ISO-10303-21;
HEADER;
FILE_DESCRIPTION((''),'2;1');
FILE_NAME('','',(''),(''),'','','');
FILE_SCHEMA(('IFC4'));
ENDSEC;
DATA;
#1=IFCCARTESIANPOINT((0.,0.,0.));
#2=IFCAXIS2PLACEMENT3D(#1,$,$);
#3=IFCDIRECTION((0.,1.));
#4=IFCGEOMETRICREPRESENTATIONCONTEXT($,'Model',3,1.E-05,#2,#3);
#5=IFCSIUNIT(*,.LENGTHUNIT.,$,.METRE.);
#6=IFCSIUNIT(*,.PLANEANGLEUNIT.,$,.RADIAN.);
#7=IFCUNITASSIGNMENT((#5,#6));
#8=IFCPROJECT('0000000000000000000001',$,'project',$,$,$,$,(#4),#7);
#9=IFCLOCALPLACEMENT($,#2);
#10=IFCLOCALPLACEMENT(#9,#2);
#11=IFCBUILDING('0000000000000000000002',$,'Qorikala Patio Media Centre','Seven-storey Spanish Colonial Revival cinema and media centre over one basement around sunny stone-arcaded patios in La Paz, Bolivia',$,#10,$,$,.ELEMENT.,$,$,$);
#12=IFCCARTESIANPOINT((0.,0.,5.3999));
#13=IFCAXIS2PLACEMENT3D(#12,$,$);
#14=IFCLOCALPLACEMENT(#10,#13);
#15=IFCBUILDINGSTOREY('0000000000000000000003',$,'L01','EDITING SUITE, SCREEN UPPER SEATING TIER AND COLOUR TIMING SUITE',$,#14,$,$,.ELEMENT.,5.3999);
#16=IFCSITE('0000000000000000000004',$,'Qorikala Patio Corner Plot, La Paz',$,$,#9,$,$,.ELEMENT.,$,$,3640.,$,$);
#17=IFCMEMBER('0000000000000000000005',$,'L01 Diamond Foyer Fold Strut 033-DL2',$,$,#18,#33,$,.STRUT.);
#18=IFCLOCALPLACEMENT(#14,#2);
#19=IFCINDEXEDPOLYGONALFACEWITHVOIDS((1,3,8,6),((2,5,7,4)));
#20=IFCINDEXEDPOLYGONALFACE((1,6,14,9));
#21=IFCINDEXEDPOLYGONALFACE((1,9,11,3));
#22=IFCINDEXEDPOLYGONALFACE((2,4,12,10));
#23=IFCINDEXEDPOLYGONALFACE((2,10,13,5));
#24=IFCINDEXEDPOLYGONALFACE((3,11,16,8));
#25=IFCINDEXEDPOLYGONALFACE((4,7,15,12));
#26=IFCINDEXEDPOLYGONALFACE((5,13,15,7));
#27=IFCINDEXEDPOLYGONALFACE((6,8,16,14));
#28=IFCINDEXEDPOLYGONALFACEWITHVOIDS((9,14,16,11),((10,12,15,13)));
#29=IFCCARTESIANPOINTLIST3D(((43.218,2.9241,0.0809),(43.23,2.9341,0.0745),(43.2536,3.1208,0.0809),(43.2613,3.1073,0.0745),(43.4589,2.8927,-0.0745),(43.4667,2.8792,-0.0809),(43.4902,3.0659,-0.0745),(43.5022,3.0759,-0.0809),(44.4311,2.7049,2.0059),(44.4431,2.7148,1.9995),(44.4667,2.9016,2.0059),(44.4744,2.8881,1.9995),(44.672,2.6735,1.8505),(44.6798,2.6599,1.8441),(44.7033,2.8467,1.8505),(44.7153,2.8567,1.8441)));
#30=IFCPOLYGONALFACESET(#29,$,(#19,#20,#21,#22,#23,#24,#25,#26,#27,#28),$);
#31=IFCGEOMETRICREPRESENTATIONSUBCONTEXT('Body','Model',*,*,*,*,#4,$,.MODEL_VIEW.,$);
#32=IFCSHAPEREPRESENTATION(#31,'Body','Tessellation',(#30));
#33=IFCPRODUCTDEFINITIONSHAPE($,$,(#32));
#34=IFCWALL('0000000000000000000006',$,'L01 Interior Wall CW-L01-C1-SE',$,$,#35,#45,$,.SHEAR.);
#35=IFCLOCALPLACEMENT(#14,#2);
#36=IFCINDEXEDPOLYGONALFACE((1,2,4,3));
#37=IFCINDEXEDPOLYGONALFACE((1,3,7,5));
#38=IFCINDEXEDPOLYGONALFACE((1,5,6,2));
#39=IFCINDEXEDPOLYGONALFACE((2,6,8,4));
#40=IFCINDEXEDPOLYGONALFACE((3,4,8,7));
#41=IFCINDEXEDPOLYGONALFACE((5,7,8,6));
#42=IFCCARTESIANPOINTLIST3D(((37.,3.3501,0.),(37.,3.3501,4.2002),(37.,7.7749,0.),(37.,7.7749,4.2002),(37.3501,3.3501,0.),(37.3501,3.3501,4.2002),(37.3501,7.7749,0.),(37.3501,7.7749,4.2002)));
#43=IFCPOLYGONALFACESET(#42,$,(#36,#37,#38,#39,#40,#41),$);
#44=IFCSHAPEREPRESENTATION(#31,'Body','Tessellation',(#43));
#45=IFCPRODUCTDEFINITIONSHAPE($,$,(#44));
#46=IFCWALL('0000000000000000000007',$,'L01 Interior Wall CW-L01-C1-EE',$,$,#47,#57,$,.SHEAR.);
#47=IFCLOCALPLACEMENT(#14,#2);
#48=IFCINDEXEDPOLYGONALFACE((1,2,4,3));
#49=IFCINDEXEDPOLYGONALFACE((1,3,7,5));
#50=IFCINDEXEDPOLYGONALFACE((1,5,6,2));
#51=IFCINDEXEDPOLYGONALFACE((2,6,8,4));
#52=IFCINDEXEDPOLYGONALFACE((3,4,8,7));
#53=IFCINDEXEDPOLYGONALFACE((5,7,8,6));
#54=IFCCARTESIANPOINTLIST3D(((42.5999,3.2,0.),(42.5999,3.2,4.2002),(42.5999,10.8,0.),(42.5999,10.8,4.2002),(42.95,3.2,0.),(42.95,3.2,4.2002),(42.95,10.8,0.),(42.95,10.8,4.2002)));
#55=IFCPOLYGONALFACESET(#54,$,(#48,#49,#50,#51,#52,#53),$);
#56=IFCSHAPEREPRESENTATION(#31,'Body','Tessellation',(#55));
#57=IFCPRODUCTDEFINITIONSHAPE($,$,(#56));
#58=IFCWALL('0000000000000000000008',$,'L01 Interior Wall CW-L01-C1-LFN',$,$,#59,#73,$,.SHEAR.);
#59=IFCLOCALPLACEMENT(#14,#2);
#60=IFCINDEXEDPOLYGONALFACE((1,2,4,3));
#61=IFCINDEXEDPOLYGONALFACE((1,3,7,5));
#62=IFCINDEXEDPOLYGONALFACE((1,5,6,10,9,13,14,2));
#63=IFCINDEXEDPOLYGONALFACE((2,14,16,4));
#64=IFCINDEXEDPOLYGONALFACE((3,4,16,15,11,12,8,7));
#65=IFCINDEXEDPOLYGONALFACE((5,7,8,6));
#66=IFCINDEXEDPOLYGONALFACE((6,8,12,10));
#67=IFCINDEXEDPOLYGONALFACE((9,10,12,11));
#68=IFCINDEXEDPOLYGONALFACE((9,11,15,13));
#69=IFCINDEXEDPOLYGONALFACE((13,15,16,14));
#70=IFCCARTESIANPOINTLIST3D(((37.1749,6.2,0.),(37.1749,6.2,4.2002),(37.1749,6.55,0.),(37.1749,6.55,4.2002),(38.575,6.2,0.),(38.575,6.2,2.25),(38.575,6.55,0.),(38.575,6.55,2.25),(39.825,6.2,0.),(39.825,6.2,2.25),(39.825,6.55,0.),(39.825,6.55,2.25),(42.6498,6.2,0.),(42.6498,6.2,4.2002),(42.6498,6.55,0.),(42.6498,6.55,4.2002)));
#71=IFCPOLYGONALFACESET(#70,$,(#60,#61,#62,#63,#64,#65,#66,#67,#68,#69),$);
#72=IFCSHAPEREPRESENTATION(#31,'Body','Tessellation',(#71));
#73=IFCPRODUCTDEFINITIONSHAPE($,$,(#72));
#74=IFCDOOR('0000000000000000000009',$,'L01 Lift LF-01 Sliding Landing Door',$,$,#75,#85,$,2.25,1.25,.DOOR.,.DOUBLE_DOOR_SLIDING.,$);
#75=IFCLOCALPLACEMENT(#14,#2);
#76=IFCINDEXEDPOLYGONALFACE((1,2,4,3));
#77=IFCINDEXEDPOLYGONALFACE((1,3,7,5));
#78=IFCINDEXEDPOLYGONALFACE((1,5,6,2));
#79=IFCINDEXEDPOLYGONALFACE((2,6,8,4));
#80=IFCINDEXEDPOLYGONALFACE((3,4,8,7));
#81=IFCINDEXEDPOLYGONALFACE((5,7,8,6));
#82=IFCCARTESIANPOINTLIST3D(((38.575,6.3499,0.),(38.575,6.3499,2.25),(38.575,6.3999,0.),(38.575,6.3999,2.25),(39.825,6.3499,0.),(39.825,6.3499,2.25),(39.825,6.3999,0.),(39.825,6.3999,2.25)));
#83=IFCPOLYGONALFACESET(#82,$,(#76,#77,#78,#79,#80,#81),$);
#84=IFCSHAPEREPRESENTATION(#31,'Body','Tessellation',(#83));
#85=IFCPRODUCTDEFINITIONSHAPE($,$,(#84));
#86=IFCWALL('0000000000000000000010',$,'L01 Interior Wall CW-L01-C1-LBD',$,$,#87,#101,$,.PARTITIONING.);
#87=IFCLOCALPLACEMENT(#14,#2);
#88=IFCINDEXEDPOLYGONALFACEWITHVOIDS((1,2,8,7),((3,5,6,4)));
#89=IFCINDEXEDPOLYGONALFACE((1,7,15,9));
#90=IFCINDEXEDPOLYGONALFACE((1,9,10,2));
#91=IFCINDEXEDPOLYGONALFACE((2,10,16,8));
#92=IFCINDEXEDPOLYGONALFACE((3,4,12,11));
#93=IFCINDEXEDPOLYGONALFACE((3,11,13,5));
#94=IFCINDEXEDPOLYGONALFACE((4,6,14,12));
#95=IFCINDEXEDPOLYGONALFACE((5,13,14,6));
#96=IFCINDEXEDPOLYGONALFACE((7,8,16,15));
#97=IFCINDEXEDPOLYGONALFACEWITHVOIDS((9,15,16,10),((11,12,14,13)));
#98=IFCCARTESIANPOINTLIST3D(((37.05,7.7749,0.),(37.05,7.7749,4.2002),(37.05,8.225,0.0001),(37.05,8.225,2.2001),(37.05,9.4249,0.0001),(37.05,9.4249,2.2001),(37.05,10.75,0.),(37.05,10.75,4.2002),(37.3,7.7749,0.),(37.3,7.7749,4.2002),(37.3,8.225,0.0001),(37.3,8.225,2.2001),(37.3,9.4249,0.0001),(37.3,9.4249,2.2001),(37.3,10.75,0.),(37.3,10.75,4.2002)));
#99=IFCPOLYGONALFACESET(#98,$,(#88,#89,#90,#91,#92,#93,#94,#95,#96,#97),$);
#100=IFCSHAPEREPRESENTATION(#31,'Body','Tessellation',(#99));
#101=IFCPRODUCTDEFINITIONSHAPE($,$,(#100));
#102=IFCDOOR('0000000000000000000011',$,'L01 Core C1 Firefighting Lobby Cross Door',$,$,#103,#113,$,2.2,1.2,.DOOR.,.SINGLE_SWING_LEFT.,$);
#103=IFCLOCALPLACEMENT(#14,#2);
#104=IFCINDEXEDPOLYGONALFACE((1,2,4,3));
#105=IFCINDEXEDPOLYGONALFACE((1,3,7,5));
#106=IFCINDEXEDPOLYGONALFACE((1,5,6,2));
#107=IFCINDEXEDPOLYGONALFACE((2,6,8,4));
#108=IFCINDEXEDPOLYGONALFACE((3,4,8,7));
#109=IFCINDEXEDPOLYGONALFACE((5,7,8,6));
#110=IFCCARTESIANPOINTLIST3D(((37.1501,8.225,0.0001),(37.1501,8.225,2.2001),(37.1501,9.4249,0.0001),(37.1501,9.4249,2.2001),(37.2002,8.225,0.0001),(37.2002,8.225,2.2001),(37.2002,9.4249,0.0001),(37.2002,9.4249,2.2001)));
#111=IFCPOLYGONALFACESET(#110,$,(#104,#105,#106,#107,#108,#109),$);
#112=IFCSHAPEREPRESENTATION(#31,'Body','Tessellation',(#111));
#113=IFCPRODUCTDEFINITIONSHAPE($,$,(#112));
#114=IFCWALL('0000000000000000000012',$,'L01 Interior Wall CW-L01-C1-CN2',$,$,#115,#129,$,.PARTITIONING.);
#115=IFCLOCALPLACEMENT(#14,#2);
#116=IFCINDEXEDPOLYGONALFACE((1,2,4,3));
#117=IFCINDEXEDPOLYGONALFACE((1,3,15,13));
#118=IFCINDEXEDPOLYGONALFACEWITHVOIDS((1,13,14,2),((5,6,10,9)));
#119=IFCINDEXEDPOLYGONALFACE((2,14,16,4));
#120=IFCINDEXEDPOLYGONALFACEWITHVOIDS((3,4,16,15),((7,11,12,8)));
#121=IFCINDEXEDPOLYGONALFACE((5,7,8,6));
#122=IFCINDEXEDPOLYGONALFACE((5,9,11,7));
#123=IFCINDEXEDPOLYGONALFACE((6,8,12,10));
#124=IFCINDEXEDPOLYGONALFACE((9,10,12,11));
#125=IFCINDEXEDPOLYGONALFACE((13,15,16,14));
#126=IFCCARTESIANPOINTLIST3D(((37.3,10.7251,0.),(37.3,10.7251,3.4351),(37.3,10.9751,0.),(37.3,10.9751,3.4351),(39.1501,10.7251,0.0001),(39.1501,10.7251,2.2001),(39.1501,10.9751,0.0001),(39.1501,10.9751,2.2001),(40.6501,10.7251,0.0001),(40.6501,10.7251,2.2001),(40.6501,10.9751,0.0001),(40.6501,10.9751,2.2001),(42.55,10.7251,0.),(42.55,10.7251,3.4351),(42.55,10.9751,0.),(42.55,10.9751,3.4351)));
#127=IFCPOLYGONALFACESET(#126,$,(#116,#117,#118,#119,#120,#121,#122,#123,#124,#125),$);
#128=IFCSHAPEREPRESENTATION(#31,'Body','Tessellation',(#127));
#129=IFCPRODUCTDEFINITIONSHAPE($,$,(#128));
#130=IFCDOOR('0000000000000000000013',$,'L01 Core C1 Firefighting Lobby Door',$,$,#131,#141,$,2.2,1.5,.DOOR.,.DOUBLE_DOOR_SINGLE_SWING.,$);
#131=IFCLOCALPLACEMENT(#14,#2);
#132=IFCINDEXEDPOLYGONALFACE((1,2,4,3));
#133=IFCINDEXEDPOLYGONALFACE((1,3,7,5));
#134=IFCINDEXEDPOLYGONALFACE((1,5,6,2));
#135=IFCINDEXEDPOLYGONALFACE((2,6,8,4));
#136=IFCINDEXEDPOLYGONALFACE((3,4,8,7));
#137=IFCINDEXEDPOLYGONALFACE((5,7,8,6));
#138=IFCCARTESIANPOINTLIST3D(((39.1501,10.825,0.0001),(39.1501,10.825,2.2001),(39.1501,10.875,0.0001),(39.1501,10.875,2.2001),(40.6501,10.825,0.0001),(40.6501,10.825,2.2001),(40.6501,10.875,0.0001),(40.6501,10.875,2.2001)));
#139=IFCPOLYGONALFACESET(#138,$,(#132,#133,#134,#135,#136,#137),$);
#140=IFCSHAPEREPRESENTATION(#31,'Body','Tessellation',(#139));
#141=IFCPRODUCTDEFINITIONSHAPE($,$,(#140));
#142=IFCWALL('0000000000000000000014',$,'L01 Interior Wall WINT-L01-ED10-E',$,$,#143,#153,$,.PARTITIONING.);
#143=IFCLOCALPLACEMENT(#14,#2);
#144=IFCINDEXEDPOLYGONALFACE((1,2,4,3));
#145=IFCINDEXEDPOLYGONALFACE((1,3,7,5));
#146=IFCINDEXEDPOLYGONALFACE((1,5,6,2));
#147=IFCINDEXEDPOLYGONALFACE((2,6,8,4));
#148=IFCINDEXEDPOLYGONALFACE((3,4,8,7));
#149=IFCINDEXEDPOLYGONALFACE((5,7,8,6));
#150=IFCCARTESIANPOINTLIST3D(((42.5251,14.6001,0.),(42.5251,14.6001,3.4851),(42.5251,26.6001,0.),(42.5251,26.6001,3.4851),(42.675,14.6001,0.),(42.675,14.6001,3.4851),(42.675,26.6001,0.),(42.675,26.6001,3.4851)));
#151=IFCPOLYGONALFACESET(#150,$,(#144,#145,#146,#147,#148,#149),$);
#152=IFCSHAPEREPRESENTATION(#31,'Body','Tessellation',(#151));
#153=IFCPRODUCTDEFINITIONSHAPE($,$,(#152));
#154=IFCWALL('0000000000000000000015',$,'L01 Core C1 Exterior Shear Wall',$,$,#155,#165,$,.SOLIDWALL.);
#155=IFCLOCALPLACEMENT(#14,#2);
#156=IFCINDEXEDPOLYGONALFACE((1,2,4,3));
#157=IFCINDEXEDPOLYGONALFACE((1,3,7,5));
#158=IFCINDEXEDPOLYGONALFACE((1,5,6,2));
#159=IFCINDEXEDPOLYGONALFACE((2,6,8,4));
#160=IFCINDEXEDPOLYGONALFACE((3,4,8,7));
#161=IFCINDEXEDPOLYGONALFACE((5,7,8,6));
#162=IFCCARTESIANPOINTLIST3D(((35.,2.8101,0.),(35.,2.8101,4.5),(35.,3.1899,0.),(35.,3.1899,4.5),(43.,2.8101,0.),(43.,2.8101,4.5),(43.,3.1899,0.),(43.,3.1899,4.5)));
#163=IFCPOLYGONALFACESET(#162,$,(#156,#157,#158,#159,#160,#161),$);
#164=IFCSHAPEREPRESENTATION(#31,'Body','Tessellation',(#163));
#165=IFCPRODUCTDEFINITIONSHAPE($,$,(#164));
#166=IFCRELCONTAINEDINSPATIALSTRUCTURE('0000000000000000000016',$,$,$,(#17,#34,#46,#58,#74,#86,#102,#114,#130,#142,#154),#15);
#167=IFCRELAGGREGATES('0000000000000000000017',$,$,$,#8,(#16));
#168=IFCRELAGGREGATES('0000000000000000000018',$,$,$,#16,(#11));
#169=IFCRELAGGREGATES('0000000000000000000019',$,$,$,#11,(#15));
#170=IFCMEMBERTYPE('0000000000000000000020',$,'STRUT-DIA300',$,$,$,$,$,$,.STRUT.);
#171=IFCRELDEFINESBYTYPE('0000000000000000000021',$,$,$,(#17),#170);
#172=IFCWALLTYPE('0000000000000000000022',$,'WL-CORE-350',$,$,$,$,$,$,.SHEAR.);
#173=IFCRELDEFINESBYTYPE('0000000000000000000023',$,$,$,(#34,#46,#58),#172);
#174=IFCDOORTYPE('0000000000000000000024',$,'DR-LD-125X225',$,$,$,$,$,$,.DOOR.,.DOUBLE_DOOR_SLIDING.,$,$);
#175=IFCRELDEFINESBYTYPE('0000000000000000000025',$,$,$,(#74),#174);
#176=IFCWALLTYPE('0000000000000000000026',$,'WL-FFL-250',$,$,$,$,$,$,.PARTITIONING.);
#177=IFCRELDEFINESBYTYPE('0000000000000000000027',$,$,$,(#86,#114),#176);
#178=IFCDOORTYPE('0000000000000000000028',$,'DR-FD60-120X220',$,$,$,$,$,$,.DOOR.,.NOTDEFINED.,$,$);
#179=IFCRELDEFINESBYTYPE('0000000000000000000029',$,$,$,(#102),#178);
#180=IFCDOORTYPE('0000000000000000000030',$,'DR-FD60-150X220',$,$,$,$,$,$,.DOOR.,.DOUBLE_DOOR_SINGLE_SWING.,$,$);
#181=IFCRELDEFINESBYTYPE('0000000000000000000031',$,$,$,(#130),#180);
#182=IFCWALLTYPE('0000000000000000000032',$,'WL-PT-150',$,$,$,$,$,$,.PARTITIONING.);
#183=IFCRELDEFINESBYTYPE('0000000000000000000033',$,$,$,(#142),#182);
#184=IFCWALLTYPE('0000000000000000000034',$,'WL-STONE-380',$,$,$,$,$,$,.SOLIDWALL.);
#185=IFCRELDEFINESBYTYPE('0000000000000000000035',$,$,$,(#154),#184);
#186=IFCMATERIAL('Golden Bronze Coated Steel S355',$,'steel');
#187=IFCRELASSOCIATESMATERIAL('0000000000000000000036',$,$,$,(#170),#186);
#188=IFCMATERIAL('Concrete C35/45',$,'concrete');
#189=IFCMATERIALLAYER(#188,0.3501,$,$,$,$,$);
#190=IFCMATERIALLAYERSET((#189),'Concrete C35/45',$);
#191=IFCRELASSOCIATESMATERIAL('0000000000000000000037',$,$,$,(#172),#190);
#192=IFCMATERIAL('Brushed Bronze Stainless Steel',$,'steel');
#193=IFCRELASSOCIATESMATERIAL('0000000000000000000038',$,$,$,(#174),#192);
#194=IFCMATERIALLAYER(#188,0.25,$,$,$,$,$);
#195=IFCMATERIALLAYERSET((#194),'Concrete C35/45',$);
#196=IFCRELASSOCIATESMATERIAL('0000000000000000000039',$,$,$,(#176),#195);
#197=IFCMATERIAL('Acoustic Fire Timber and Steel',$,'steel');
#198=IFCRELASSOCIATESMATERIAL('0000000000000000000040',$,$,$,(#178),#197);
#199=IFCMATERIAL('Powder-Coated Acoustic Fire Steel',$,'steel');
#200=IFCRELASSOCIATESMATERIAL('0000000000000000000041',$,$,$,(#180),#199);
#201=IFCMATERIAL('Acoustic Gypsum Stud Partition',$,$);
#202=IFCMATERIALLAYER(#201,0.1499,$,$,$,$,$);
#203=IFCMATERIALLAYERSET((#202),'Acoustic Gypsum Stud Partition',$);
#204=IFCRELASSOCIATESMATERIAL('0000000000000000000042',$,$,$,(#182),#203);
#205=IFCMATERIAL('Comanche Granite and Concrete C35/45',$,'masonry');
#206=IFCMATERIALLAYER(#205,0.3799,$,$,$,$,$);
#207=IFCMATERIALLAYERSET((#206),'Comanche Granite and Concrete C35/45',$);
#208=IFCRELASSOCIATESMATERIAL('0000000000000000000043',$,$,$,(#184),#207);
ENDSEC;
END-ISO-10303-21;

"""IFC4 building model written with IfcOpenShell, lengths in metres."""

from ifc_helpers import new_model, si_unit, direction, frame, frame_2d, origin, origin_2d, place, context, subcontext, project, spatial, rectangle, hollow_rectangle, extrude, material, layer, layer_set, material_profile, profile_set, type_object, element, fill, save


model = new_model("IFC4")

# Units and contexts
model_context = context("Model", 3, precision=1e-05, world=origin(), true_north=direction((0.0, 1.0)))
body_context = subcontext(model_context, "Body", "Model", "MODEL_VIEW")
ifc_project = project(units=[si_unit("LENGTHUNIT", "METRE"), si_unit("PLANEANGLEUNIT", "RADIAN")], contexts=[model_context])

# Site, building, storey
site_placement = place(None, origin())
site = spatial("IfcSite", under=ifc_project, at=site_placement, Name="Qorikala Patio Corner Plot, La Paz", CompositionType="ELEMENT", RefElevation=3640.0)
building_placement = place(site_placement, origin())
building = spatial("IfcBuilding", under=site, at=building_placement, Name="Qorikala Patio Media Centre", Description="Seven-storey Spanish Colonial Revival cinema and media centre over one basement around sunny stone-arcaded patios in La Paz, Bolivia", CompositionType="ELEMENT")
storey_placement = place(building_placement, frame((0.0, 0.0, 5.3999)))
storey = spatial("IfcBuildingStorey", under=building, at=storey_placement, Name="L01", Description="EDITING SUITE, SCREEN UPPER SEATING TIER AND COLOUR TIMING SUITE", CompositionType="ELEMENT", Elevation=5.3999)

# Shared definitions
ifc_material_1 = material(Name="Concrete C35/45", Category="concrete")

# Member
ifc_material_2 = material(Name="Golden Bronze Coated Steel S355", Category="steel")
ifc_material_profile_1 = material_profile(ifc_material_2, hollow_rectangle(XDim=0.2, YDim=0.3, WallThickness=0.012, at=origin_2d()), Name="HSS300X200X12")
ifc_profile_set_1 = profile_set([ifc_material_profile_1], Name="Golden Bronze Coated Steel S355")
member_type_1 = type_object("IfcMemberType", Name="STRUT-DIA300", PredefinedType="STRUT", material=ifc_profile_set_1)
member_1_placement = place(storey_placement, frame((43.3601, 3.0, 0.0), z_axis=(0.530691, -0.095907, 0.842121), x_axis=(0.17784, 0.984059, 0.0)))
element("IfcMember", 1, at=member_1_placement, inside=storey, type_object=member_type_1, Name="L01 Diamond Foyer Fold Strut 033-DL2", PredefinedType="STRUT", context=body_context, shape_type="SweptSolid", body=[
    extrude(hollow_rectangle(XDim=0.2, YDim=0.3, WallThickness=0.012, at=origin_2d()), origin(), (0.0, 0.0, 1.0), 2.2859),
])

# Walls
ifc_layer_1 = layer(ifc_material_1, 0.3501)
ifc_layer_set_1 = layer_set([ifc_layer_1], Name="Concrete C35/45")
wall_type_1 = type_object("IfcWallType", Name="WL-CORE-350", PredefinedType="SHEAR", material=ifc_layer_set_1)
wall_1_placement = place(storey_placement, frame((37.175, 3.3501, 0.0), z_axis=(0.0, 0.0, 1.0), x_axis=(0.0, 1.0, 0.0)))
element("IfcWall", 2, at=wall_1_placement, inside=storey, type_object=wall_type_1, Name="L01 Interior Wall CW-L01-C1-SE", PredefinedType="SHEAR", context=body_context, shape_type="SweptSolid", body=[
    extrude(rectangle(XDim=4.4248, YDim=0.3501, at=frame_2d((2.2124, 0.0))), origin(), (0.0, 0.0, 1.0), 4.2002),
])
wall_2_placement = place(storey_placement, frame((42.7749, 3.2, 0.0), z_axis=(0.0, 0.0, 1.0), x_axis=(0.0, 1.0, 0.0)))
element("IfcWall", 3, at=wall_2_placement, inside=storey, type_object=wall_type_1, Name="L01 Interior Wall CW-L01-C1-EE", PredefinedType="SHEAR", context=body_context, shape_type="SweptSolid", body=[
    extrude(rectangle(XDim=7.6001, YDim=0.3501, at=frame_2d((3.8, 0.0))), origin(), (0.0, 0.0, 1.0), 4.2002),
])

# Walls, openings, doors
wall_3_placement = place(storey_placement, frame((37.175, 6.375, 0.0), z_axis=(0.0, 0.0, 1.0), x_axis=(1.0, 0.0, 0.0)))
wall_3 = element("IfcWall", 4, at=wall_3_placement, inside=storey, type_object=wall_type_1, Name="L01 Interior Wall CW-L01-C1-LFN", PredefinedType="SHEAR", context=body_context, shape_type="SweptSolid", body=[
    extrude(rectangle(XDim=5.4749, YDim=0.3501, at=frame_2d((2.7373, 0.0))), origin(), (0.0, 0.0, 1.0), 4.2002),
])
opening_1_placement = place(wall_3_placement, frame((1.3999, 0.0, 0.0)))
opening_1 = element("IfcOpeningElement", 5, at=opening_1_placement, cuts=wall_3, PredefinedType="OPENING", context=body_context, shape_type="SweptSolid", body=[
    extrude(rectangle(XDim=1.25, YDim=2.25, at=frame_2d((0.625, 1.125))), frame((0.0, 0.1851, 0.0), z_axis=(0.0, -1.0, 0.0), x_axis=(1.0, 0.0, 0.0)), (0.0, 0.0, 1.0), 0.3701),
])
ifc_material_3 = material(Name="Brushed Bronze Stainless Steel", Category="steel")
door_type_1 = type_object("IfcDoorType", Name="DR-LD-125X225", OperationType="DOUBLE_DOOR_SLIDING", PredefinedType="DOOR", material=ifc_material_3)
door_1_placement = place(opening_1_placement, origin())
door_1 = element("IfcDoor", 6, at=door_1_placement, inside=storey, type_object=door_type_1, Name="L01 Lift LF-01 Sliding Landing Door", OperationType="DOUBLE_DOOR_SLIDING", OverallHeight=2.25, OverallWidth=1.25, PredefinedType="DOOR", context=body_context, shape_type="SweptSolid", body=[
    extrude(rectangle(XDim=1.25, YDim=2.25, at=frame_2d((0.625, 1.125))), frame((0.0, 0.0249, 0.0), z_axis=(0.0, -1.0, 0.0), x_axis=(1.0, 0.0, 0.0)), (0.0, 0.0, 1.0), 0.05),
])
fill(opening_1, door_1)
ifc_layer_2 = layer(ifc_material_1, 0.25)
ifc_layer_set_2 = layer_set([ifc_layer_2], Name="Concrete C35/45")
wall_type_2 = type_object("IfcWallType", Name="WL-FFL-250", PredefinedType="PARTITIONING", material=ifc_layer_set_2)
wall_4_placement = place(storey_placement, frame((37.175, 7.7749, 0.0), z_axis=(0.0, 0.0, 1.0), x_axis=(0.0, 1.0, 0.0)))
wall_4 = element("IfcWall", 7, at=wall_4_placement, inside=storey, type_object=wall_type_2, Name="L01 Interior Wall CW-L01-C1-LBD", PredefinedType="PARTITIONING", context=body_context, shape_type="SweptSolid", body=[
    extrude(rectangle(XDim=2.9751, YDim=0.25, at=frame_2d((1.4875, 0.0))), origin(), (0.0, 0.0, 1.0), 4.2002),
])
opening_2_placement = place(wall_4_placement, frame((0.45, 0.0, 0.0)))
opening_2 = element("IfcOpeningElement", 8, at=opening_2_placement, cuts=wall_4, PredefinedType="OPENING", context=body_context, shape_type="SweptSolid", body=[
    extrude(rectangle(XDim=1.2, YDim=2.2, at=frame_2d((0.6001, 1.1001))), frame((0.0, 0.135, 0.0), z_axis=(0.0, -1.0, 0.0), x_axis=(1.0, 0.0, 0.0)), (0.0, 0.0, 1.0), 0.27),
])
ifc_material_4 = material(Name="Acoustic Fire Timber and Steel", Category="steel")
door_type_2 = type_object("IfcDoorType", Name="DR-FD60-120X220", OperationType="NOTDEFINED", PredefinedType="DOOR", material=ifc_material_4)
door_2_placement = place(opening_2_placement, origin())
door_2 = element("IfcDoor", 9, at=door_2_placement, inside=storey, type_object=door_type_2, Name="L01 Core C1 Firefighting Lobby Cross Door", OperationType="SINGLE_SWING_LEFT", OverallHeight=2.2, OverallWidth=1.2, PredefinedType="DOOR", context=body_context, shape_type="SweptSolid", body=[
    extrude(rectangle(XDim=1.2, YDim=2.2, at=frame_2d((0.6001, 1.1001))), frame((0.0, 0.0249, 0.0), z_axis=(0.0, -1.0, 0.0), x_axis=(1.0, 0.0, 0.0)), (0.0, 0.0, 1.0), 0.05),
])
fill(opening_2, door_2)
wall_5_placement = place(storey_placement, frame((37.3, 10.8501, 0.0), z_axis=(0.0, 0.0, 1.0), x_axis=(1.0, 0.0, 0.0)))
wall_5 = element("IfcWall", 10, at=wall_5_placement, inside=storey, type_object=wall_type_2, Name="L01 Interior Wall CW-L01-C1-CN2", PredefinedType="PARTITIONING", context=body_context, shape_type="SweptSolid", body=[
    extrude(rectangle(XDim=5.25, YDim=0.25, at=frame_2d((2.625, 0.0))), origin(), (0.0, 0.0, 1.0), 3.4351),
])
opening_3_placement = place(wall_5_placement, frame((1.8501, 0.0, 0.0)))
opening_3 = element("IfcOpeningElement", 11, at=opening_3_placement, cuts=wall_5, PredefinedType="OPENING", context=body_context, shape_type="SweptSolid", body=[
    extrude(rectangle(XDim=1.5, YDim=2.2, at=frame_2d((0.75, 1.1001))), frame((0.0, 0.135, 0.0), z_axis=(0.0, -1.0, 0.0), x_axis=(1.0, 0.0, 0.0)), (0.0, 0.0, 1.0), 0.27),
])
ifc_material_5 = material(Name="Powder-Coated Acoustic Fire Steel", Category="steel")
door_type_3 = type_object("IfcDoorType", Name="DR-FD60-150X220", OperationType="DOUBLE_DOOR_SINGLE_SWING", PredefinedType="DOOR", material=ifc_material_5)
door_3_placement = place(opening_3_placement, origin())
door_3 = element("IfcDoor", 12, at=door_3_placement, inside=storey, type_object=door_type_3, Name="L01 Core C1 Firefighting Lobby Door", OperationType="DOUBLE_DOOR_SINGLE_SWING", OverallHeight=2.2, OverallWidth=1.5, PredefinedType="DOOR", context=body_context, shape_type="SweptSolid", body=[
    extrude(rectangle(XDim=1.5, YDim=2.2, at=frame_2d((0.75, 1.1001))), frame((0.0, 0.0249, 0.0), z_axis=(0.0, -1.0, 0.0), x_axis=(1.0, 0.0, 0.0)), (0.0, 0.0, 1.0), 0.05),
])
fill(opening_3, door_3)

# Walls
ifc_material_6 = material(Name="Acoustic Gypsum Stud Partition")
ifc_layer_3 = layer(ifc_material_6, 0.1499)
ifc_layer_set_3 = layer_set([ifc_layer_3], Name="Acoustic Gypsum Stud Partition")
wall_type_3 = type_object("IfcWallType", Name="WL-PT-150", PredefinedType="PARTITIONING", material=ifc_layer_set_3)
wall_6_placement = place(storey_placement, frame((42.6001, 14.6001, 0.0), z_axis=(0.0, 0.0, 1.0), x_axis=(0.0, 1.0, 0.0)))
element("IfcWall", 13, at=wall_6_placement, inside=storey, type_object=wall_type_3, Name="L01 Interior Wall WINT-L01-ED10-E", PredefinedType="PARTITIONING", context=body_context, shape_type="SweptSolid", body=[
    extrude(rectangle(XDim=12.0, YDim=0.1499, at=frame_2d((6.0, 0.0))), origin(), (0.0, 0.0, 1.0), 3.4851),
])
ifc_material_7 = material(Name="Comanche Granite and Concrete C35/45", Category="masonry")
ifc_layer_4 = layer(ifc_material_7, 0.3799)
ifc_layer_set_4 = layer_set([ifc_layer_4], Name="Comanche Granite and Concrete C35/45")
wall_type_4 = type_object("IfcWallType", Name="WL-STONE-380", PredefinedType="SOLIDWALL", material=ifc_layer_set_4)
for number, where, z_axis, x_axis, name in (
    (14, (43.0, 3.0, 0.0), (0.0, 0.0, 1.0), (-1.0, 0.0, 0.0), "L01 Core C1 Exterior Shear Wall"),
):
    element("IfcWall", number, at=place(storey_placement, frame(where, z_axis=z_axis, x_axis=x_axis)), inside=storey, type_object=wall_type_4, Name=name, PredefinedType="SOLIDWALL", context=body_context, shape_type="SweptSolid", body=[
        extrude(rectangle(XDim=8.0, YDim=0.3799, at=frame_2d((4.0, 0.0))), origin(), (0.0, 0.0, 1.0), 4.5),
    ])

save(model, "model.ifc")
